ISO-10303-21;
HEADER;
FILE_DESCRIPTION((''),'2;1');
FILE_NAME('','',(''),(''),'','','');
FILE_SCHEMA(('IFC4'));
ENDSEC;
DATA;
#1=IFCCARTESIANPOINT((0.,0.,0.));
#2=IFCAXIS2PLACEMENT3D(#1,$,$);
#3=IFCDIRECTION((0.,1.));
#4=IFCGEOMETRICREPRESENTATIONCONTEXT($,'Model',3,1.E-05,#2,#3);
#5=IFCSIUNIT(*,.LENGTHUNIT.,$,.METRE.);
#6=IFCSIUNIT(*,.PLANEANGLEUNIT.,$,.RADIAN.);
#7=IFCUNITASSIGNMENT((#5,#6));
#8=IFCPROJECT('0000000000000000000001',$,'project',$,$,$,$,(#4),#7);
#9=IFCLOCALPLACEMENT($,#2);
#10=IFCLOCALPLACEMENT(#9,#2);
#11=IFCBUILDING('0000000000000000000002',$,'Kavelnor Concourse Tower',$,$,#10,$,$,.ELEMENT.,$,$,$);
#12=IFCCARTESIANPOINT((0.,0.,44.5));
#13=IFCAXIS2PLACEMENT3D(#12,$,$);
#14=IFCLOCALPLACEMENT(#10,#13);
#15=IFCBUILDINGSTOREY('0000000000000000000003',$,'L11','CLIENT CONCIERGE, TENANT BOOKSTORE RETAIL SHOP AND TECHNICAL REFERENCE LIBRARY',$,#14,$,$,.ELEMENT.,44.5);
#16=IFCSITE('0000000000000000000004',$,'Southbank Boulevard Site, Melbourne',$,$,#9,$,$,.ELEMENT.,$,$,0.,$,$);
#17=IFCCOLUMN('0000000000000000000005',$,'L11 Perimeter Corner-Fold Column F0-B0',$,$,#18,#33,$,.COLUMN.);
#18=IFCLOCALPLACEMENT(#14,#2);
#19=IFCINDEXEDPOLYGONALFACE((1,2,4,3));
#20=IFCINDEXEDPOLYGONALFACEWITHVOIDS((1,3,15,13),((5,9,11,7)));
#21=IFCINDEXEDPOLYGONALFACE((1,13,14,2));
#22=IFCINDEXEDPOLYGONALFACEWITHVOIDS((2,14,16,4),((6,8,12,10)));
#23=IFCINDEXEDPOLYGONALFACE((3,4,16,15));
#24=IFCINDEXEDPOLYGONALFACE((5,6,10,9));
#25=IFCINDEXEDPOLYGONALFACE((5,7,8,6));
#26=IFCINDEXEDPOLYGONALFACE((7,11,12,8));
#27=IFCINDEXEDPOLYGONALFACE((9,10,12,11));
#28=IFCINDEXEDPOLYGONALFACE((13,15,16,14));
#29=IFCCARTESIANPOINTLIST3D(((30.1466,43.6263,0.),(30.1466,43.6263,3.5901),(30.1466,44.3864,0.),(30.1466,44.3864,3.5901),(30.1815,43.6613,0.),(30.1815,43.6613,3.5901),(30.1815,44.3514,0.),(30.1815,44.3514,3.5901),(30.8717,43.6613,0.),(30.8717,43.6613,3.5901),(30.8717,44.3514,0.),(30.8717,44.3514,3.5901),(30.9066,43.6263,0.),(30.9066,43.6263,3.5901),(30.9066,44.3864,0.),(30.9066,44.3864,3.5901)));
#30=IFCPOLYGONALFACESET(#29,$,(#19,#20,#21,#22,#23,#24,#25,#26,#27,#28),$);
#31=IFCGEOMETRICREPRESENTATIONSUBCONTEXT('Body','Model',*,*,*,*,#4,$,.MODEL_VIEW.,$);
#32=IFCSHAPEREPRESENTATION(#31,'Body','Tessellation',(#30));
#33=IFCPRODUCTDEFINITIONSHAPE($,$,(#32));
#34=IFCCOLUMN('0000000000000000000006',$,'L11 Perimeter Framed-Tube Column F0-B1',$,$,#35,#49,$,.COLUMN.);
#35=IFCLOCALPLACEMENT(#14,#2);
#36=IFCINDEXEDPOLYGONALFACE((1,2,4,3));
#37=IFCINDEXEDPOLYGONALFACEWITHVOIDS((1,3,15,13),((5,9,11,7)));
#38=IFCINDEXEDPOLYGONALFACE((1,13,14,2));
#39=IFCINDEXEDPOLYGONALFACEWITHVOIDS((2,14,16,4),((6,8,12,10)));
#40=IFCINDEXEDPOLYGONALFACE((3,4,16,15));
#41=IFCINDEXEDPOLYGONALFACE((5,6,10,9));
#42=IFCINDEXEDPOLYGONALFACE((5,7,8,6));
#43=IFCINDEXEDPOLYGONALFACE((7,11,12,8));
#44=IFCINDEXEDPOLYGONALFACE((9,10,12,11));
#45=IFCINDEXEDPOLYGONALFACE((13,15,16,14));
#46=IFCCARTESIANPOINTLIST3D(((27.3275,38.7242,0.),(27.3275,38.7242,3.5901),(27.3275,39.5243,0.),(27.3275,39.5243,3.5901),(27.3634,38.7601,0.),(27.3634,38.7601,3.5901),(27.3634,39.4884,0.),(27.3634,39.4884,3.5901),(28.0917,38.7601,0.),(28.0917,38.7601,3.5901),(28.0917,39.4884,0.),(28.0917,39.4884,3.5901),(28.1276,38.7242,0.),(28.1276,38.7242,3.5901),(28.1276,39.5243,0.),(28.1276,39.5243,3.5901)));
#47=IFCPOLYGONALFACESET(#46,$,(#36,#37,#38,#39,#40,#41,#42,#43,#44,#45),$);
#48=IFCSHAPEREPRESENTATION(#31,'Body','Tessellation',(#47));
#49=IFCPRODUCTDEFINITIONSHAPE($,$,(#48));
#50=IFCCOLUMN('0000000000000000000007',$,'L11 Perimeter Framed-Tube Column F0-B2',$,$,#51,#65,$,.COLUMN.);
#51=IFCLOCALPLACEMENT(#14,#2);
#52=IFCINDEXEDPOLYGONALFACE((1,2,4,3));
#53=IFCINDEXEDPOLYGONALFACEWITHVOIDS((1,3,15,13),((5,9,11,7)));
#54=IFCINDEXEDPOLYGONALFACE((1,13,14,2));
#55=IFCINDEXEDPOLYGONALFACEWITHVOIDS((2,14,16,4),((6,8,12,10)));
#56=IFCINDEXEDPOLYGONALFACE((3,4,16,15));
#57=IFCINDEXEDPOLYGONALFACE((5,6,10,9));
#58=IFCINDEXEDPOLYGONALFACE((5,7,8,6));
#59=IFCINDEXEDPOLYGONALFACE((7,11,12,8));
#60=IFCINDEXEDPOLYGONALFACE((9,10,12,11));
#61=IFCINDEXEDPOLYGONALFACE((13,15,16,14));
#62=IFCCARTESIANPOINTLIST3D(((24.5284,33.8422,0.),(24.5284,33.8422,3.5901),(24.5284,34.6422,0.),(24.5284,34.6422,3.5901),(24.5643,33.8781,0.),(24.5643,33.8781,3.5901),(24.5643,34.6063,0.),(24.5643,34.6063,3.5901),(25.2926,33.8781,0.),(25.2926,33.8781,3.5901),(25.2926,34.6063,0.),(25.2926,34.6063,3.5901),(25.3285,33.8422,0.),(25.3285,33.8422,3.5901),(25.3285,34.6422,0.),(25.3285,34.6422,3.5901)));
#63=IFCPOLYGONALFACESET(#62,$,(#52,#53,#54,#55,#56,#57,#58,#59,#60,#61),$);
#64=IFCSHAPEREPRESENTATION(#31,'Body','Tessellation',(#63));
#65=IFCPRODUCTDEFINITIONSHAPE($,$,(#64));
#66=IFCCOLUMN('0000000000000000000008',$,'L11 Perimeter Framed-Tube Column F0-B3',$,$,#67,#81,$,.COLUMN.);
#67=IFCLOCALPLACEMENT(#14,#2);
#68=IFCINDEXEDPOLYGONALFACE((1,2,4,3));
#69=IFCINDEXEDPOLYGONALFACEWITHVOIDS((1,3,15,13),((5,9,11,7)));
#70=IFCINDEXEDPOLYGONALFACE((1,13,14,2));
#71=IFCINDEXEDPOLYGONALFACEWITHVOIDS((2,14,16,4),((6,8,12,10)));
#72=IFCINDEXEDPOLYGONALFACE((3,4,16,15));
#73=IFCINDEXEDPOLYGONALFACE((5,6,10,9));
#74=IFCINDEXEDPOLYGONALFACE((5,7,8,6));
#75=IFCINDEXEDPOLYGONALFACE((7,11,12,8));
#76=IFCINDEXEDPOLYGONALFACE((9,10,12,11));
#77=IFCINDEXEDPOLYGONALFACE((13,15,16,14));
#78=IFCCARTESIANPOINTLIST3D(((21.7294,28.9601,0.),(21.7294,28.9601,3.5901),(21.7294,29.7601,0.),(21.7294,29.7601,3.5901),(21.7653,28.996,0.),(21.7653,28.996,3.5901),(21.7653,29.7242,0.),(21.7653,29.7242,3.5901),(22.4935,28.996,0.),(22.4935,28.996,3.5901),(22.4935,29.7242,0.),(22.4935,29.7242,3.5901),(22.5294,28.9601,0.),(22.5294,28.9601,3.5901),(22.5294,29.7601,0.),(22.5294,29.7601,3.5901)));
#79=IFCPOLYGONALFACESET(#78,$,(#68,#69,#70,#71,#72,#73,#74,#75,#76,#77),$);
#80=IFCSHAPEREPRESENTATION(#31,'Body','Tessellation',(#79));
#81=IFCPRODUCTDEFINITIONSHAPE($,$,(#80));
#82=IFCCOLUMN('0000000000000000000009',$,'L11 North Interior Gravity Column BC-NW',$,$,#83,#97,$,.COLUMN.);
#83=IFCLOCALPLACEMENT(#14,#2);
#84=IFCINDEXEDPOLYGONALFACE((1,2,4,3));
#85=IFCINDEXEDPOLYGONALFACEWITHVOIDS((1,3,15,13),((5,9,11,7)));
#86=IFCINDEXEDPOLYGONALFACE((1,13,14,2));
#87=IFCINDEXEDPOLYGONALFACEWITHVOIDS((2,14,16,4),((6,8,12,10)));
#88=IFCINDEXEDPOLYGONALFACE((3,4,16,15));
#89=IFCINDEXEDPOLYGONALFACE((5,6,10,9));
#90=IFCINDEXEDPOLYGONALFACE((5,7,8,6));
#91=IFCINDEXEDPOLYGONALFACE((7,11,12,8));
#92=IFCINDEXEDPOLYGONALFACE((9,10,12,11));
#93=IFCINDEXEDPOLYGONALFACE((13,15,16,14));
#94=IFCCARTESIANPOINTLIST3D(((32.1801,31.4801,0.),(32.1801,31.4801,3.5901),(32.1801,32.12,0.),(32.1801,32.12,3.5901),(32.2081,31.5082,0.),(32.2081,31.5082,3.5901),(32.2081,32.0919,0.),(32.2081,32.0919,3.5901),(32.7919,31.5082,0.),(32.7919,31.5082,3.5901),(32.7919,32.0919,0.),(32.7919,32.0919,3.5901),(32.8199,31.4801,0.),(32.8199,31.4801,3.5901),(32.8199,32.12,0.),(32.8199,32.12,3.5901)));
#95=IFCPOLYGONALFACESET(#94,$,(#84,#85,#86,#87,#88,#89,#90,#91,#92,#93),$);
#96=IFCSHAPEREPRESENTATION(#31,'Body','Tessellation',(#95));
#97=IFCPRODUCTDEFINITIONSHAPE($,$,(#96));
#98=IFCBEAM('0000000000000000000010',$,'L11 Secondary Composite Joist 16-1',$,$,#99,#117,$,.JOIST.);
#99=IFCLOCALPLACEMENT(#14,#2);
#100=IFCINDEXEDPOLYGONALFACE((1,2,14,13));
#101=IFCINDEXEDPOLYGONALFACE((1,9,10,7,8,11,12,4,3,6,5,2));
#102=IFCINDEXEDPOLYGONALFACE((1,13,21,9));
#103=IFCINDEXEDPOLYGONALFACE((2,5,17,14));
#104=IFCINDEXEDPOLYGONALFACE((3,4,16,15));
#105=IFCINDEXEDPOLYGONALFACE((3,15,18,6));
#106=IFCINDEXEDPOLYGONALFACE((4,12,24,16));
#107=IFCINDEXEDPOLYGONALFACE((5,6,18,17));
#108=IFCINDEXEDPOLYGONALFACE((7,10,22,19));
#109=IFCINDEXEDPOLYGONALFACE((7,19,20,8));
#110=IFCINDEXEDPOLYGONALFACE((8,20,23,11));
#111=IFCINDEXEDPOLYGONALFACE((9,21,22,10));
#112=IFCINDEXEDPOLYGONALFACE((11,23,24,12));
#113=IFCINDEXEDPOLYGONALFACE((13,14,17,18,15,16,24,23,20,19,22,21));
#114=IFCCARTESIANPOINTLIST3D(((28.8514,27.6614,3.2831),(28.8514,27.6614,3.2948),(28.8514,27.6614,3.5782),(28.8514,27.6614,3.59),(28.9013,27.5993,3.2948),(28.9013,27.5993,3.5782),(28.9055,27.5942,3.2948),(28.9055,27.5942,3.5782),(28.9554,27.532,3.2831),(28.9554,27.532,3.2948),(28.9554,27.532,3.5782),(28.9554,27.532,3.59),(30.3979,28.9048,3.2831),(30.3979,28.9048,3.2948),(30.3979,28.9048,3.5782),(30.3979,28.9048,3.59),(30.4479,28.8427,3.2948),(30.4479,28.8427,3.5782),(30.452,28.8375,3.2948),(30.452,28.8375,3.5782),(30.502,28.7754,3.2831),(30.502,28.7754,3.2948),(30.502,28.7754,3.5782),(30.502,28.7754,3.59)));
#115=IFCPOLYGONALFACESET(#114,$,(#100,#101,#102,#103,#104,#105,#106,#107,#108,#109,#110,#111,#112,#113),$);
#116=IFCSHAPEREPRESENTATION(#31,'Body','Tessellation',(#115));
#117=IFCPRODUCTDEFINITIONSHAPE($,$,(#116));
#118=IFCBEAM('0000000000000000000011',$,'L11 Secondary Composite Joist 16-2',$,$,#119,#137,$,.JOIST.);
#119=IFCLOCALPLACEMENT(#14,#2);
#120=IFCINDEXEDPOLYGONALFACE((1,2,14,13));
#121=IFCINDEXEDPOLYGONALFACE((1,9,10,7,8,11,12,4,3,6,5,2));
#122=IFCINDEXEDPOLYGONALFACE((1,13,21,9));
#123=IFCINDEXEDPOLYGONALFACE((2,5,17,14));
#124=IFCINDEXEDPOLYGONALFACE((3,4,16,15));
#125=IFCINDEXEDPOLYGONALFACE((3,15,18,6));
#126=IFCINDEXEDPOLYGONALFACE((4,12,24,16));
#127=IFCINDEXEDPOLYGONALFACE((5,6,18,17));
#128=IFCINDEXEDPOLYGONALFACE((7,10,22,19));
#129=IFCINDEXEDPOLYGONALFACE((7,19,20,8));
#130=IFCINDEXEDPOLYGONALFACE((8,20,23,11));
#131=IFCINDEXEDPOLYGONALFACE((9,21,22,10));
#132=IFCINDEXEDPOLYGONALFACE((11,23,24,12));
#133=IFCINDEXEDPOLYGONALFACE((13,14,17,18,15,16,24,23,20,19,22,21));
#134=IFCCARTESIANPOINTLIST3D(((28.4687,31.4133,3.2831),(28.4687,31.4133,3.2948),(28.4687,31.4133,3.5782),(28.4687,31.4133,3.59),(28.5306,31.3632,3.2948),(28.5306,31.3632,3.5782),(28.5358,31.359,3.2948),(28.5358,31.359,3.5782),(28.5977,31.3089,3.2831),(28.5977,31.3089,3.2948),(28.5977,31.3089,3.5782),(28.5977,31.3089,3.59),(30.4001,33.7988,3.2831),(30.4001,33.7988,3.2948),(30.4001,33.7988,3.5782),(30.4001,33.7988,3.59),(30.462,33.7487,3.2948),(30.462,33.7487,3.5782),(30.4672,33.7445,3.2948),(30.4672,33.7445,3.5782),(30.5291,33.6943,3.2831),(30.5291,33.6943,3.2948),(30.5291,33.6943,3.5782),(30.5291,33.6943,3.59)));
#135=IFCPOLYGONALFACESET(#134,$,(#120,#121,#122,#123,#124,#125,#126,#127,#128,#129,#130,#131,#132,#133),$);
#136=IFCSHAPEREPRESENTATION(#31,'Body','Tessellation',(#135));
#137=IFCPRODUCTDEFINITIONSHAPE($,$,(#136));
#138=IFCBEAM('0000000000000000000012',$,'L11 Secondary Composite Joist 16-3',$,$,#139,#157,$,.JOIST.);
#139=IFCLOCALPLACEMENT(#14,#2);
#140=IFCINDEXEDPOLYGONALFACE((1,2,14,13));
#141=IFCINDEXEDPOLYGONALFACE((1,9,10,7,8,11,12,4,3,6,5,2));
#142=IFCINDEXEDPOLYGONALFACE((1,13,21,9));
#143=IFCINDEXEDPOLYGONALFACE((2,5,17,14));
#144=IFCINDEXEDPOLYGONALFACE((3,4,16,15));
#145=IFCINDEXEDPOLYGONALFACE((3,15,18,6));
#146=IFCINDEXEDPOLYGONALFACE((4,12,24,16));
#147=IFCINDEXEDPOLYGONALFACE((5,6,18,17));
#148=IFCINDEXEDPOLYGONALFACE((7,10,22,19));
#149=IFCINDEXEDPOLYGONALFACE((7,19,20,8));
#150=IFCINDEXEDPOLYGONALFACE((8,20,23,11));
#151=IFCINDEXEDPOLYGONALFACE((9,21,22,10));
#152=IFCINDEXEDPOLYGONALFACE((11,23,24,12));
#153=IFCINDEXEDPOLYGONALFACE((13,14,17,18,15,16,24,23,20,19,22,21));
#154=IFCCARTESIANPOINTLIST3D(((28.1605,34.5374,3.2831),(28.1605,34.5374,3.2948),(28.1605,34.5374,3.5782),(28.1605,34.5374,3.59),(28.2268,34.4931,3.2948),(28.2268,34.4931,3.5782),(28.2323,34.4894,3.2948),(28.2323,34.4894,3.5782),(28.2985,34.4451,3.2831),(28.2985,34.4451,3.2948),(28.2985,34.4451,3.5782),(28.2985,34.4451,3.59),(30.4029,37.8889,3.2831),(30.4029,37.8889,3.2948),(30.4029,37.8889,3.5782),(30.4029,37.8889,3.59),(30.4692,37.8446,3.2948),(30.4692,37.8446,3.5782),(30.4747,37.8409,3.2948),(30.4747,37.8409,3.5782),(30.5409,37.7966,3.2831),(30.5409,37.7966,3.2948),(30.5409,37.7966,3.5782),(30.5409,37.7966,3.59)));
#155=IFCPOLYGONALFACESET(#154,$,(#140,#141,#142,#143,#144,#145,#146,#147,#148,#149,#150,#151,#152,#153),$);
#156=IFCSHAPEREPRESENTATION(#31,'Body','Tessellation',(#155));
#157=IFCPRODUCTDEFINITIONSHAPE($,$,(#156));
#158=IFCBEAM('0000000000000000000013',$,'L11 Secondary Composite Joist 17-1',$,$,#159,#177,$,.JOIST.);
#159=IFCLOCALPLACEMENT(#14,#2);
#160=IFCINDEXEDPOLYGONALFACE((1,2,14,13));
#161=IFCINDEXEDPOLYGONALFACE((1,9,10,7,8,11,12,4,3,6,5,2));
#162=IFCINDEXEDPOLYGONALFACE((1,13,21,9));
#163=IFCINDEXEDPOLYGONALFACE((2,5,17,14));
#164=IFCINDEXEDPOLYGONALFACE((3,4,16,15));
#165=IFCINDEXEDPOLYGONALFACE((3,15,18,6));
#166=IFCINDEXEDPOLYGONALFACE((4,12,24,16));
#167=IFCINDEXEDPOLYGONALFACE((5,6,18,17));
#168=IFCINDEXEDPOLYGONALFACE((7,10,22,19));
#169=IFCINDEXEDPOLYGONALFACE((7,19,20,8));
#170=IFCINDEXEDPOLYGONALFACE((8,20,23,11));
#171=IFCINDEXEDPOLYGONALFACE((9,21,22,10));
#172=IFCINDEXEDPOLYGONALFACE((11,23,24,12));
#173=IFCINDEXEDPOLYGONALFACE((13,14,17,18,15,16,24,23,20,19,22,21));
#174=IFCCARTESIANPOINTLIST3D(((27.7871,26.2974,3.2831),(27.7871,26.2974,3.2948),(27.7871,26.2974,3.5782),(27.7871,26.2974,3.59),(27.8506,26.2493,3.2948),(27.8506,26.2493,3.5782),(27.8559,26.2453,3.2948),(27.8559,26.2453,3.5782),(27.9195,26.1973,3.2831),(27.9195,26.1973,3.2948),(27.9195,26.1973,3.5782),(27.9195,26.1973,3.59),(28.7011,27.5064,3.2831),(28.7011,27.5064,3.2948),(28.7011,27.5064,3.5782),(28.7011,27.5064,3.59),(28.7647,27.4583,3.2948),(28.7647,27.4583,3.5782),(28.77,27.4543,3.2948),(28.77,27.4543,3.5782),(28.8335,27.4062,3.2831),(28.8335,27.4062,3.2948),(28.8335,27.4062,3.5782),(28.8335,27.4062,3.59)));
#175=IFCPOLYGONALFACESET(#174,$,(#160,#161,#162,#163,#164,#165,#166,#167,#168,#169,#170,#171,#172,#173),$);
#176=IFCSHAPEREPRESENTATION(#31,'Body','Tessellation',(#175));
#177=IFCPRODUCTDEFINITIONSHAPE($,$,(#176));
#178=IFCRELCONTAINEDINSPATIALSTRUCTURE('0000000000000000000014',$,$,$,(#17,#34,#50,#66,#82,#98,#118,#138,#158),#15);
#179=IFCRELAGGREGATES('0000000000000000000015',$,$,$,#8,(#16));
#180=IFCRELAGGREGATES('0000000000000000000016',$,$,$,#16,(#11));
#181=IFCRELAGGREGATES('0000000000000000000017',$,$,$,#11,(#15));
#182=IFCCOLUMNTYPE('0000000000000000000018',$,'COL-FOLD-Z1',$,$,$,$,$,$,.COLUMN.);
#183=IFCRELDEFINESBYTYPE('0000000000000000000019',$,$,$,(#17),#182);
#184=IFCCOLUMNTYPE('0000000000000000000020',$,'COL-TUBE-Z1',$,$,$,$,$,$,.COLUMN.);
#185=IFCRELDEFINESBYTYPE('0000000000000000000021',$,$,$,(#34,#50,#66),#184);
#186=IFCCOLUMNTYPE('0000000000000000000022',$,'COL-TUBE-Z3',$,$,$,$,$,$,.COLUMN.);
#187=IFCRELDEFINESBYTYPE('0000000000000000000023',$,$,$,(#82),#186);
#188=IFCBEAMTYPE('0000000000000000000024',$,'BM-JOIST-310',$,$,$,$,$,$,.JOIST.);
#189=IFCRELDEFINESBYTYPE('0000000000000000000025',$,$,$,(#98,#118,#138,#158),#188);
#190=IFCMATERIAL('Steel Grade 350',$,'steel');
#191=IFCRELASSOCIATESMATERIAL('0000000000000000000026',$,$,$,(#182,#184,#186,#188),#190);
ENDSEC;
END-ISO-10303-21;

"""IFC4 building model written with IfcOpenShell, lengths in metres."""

from ifc_helpers import new_model, si_unit, direction, frame, origin, origin_2d, place, context, subcontext, project, spatial, hollow_rectangle, i_section, extrude, material, material_profile, profile_set, type_object, element, save


model = new_model("IFC4")

# Units and contexts
model_context = context("Model", 3, precision=1e-05, world=origin(), true_north=direction((0.0, 1.0)))
body_context = subcontext(model_context, "Body", "Model", "MODEL_VIEW")
ifc_project = project(units=[si_unit("LENGTHUNIT", "METRE"), si_unit("PLANEANGLEUNIT", "RADIAN")], contexts=[model_context])

# Site, building, storey
site_placement = place(None, origin())
site = spatial("IfcSite", under=ifc_project, at=site_placement, Name="Southbank Boulevard Site, Melbourne", CompositionType="ELEMENT", RefElevation=0.0)
building_placement = place(site_placement, origin())
building = spatial("IfcBuilding", under=site, at=building_placement, Name="Kavelnor Concourse Tower", CompositionType="ELEMENT")
storey_placement = place(building_placement, frame((0.0, 0.0, 44.5)))
storey = spatial("IfcBuildingStorey", under=building, at=storey_placement, Name="L11", Description="CLIENT CONCIERGE, TENANT BOOKSTORE RETAIL SHOP AND TECHNICAL REFERENCE LIBRARY", CompositionType="ELEMENT", Elevation=44.5)

# Columns
ifc_material_1 = material(Name="Steel Grade 350", Category="steel")
ifc_material_profile_1 = material_profile(ifc_material_1, hollow_rectangle(XDim=0.76, YDim=0.76, WallThickness=0.0349, at=origin_2d()), Name="SHS 760x760x35")
ifc_profile_set_1 = profile_set([ifc_material_profile_1], Name="Steel Grade 350")
column_type_1 = type_object("IfcColumnType", Name="COL-FOLD-Z1", PredefinedType="COLUMN", material=ifc_profile_set_1)
column_1_placement = place(storey_placement, frame((30.5266, 44.0063, 0.0), z_axis=(0.0, 0.0, 1.0), x_axis=(1.0, 0.0, 0.0)))
element("IfcColumn", 1, at=column_1_placement, inside=storey, type_object=column_type_1, Name="L11 Perimeter Corner-Fold Column F0-B0", PredefinedType="COLUMN", context=body_context, shape_type="SweptSolid", body=[
    extrude(hollow_rectangle(XDim=0.76, YDim=0.76, WallThickness=0.0349, at=origin_2d()), origin(), (0.0, 0.0, 1.0), 3.5901),
])
ifc_material_profile_2 = material_profile(ifc_material_1, hollow_rectangle(XDim=0.8, YDim=0.8, WallThickness=0.0359, at=origin_2d()), Name="SHS 800x800x36")
ifc_profile_set_2 = profile_set([ifc_material_profile_2], Name="Steel Grade 350")
column_type_2 = type_object("IfcColumnType", Name="COL-TUBE-Z1", PredefinedType="COLUMN", material=ifc_profile_set_2)
for number, where, z_axis, x_axis, name in (
    (2, (27.7275, 39.1243, 0.0), (0.0, 0.0, 1.0), (1.0, 0.0, 0.0), "L11 Perimeter Framed-Tube Column F0-B1"),
    (3, (24.9285, 34.2422, 0.0), (0.0, 0.0, 1.0), (1.0, 0.0, 0.0), "L11 Perimeter Framed-Tube Column F0-B2"),
    (4, (22.1294, 29.3601, 0.0), (0.0, 0.0, 1.0), (1.0, 0.0, 0.0), "L11 Perimeter Framed-Tube Column F0-B3"),
):
    element("IfcColumn", number, at=place(storey_placement, frame(where, z_axis=z_axis, x_axis=x_axis)), inside=storey, type_object=column_type_2, Name=name, PredefinedType="COLUMN", context=body_context, shape_type="SweptSolid", body=[
        extrude(hollow_rectangle(XDim=0.8, YDim=0.8, WallThickness=0.0359, at=origin_2d()), origin(), (0.0, 0.0, 1.0), 3.5901),
    ])
ifc_material_profile_3 = material_profile(ifc_material_1, hollow_rectangle(XDim=0.6399, YDim=0.6399, WallThickness=0.0281, at=origin_2d()), Name="SHS 640x640x28")
ifc_profile_set_3 = profile_set([ifc_material_profile_3], Name="Steel Grade 350")
column_type_3 = type_object("IfcColumnType", Name="COL-TUBE-Z3", PredefinedType="COLUMN", material=ifc_profile_set_3)
column_2_placement = place(storey_placement, frame((32.5, 31.8, 0.0), z_axis=(0.0, 0.0, 1.0), x_axis=(1.0, 0.0, 0.0)))
element("IfcColumn", 5, at=column_2_placement, inside=storey, type_object=column_type_3, Name="L11 North Interior Gravity Column BC-NW", PredefinedType="COLUMN", context=body_context, shape_type="SweptSolid", body=[
    extrude(hollow_rectangle(XDim=0.6399, YDim=0.6399, WallThickness=0.0281, at=origin_2d()), origin(), (0.0, 0.0, 1.0), 3.5901),
])

# Beams
ifc_material_profile_4 = material_profile(ifc_material_1, i_section(OverallWidth=0.166, OverallDepth=0.3069, WebThickness=0.0066, FlangeThickness=0.0117, at=origin_2d()), Name="310UB46")
ifc_profile_set_4 = profile_set([ifc_material_profile_4], Name="Steel Grade 350")
beam_type_1 = type_object("IfcBeamType", Name="BM-JOIST-310", PredefinedType="JOIST", material=ifc_profile_set_4)
beam_1_placement = place(storey_placement, frame((30.45, 28.8401, 3.4365), z_axis=(-0.779366, -0.626569, 0.0), x_axis=(0.626569, -0.779366, 0.0)))
element("IfcBeam", 6, at=beam_1_placement, inside=storey, type_object=beam_type_1, Name="L11 Secondary Composite Joist 16-1", PredefinedType="JOIST", context=body_context, shape_type="SweptSolid", body=[
    extrude(i_section(OverallWidth=0.166, OverallDepth=0.3069, WebThickness=0.0066, FlangeThickness=0.0117, at=origin_2d()), origin(), (0.0, 0.0, 1.0), 1.9844),
])
beam_2_placement = place(storey_placement, frame((30.4646, 33.7466, 3.4365), z_axis=(-0.629253, -0.7772, 0.0), x_axis=(0.7772, -0.629253, 0.0)))
element("IfcBeam", 7, at=beam_2_placement, inside=storey, type_object=beam_type_1, Name="L11 Secondary Composite Joist 16-2", PredefinedType="JOIST", context=body_context, shape_type="SweptSolid", body=[
    extrude(i_section(OverallWidth=0.166, OverallDepth=0.3069, WebThickness=0.0066, FlangeThickness=0.0117, at=origin_2d()), origin(), (0.0, 0.0, 1.0), 3.0693),
])
beam_3_placement = place(storey_placement, frame((30.4719, 37.8428, 3.4365), z_axis=(-0.556083, -0.831127, 0.0), x_axis=(0.831127, -0.556083, 0.0)))
element("IfcBeam", 8, at=beam_3_placement, inside=storey, type_object=beam_type_1, Name="L11 Secondary Composite Joist 16-3", PredefinedType="JOIST", context=body_context, shape_type="SweptSolid", body=[
    extrude(i_section(OverallWidth=0.166, OverallDepth=0.3069, WebThickness=0.0066, FlangeThickness=0.0117, at=origin_2d()), origin(), (0.0, 0.0, 1.0), 4.0325),
])
beam_4_placement = place(storey_placement, frame((28.7673, 27.4563, 3.4365), z_axis=(-0.603088, -0.797674, 0.0), x_axis=(0.797674, -0.603088, 0.0)))
element("IfcBeam", 9, at=beam_4_placement, inside=storey, type_object=beam_type_1, Name="L11 Secondary Composite Joist 17-1", PredefinedType="JOIST", context=body_context, shape_type="SweptSolid", body=[
    extrude(i_section(OverallWidth=0.166, OverallDepth=0.3069, WebThickness=0.0066, FlangeThickness=0.0117, at=origin_2d()), origin(), (0.0, 0.0, 1.0), 1.5156),
])

save(model, "model.ifc")
